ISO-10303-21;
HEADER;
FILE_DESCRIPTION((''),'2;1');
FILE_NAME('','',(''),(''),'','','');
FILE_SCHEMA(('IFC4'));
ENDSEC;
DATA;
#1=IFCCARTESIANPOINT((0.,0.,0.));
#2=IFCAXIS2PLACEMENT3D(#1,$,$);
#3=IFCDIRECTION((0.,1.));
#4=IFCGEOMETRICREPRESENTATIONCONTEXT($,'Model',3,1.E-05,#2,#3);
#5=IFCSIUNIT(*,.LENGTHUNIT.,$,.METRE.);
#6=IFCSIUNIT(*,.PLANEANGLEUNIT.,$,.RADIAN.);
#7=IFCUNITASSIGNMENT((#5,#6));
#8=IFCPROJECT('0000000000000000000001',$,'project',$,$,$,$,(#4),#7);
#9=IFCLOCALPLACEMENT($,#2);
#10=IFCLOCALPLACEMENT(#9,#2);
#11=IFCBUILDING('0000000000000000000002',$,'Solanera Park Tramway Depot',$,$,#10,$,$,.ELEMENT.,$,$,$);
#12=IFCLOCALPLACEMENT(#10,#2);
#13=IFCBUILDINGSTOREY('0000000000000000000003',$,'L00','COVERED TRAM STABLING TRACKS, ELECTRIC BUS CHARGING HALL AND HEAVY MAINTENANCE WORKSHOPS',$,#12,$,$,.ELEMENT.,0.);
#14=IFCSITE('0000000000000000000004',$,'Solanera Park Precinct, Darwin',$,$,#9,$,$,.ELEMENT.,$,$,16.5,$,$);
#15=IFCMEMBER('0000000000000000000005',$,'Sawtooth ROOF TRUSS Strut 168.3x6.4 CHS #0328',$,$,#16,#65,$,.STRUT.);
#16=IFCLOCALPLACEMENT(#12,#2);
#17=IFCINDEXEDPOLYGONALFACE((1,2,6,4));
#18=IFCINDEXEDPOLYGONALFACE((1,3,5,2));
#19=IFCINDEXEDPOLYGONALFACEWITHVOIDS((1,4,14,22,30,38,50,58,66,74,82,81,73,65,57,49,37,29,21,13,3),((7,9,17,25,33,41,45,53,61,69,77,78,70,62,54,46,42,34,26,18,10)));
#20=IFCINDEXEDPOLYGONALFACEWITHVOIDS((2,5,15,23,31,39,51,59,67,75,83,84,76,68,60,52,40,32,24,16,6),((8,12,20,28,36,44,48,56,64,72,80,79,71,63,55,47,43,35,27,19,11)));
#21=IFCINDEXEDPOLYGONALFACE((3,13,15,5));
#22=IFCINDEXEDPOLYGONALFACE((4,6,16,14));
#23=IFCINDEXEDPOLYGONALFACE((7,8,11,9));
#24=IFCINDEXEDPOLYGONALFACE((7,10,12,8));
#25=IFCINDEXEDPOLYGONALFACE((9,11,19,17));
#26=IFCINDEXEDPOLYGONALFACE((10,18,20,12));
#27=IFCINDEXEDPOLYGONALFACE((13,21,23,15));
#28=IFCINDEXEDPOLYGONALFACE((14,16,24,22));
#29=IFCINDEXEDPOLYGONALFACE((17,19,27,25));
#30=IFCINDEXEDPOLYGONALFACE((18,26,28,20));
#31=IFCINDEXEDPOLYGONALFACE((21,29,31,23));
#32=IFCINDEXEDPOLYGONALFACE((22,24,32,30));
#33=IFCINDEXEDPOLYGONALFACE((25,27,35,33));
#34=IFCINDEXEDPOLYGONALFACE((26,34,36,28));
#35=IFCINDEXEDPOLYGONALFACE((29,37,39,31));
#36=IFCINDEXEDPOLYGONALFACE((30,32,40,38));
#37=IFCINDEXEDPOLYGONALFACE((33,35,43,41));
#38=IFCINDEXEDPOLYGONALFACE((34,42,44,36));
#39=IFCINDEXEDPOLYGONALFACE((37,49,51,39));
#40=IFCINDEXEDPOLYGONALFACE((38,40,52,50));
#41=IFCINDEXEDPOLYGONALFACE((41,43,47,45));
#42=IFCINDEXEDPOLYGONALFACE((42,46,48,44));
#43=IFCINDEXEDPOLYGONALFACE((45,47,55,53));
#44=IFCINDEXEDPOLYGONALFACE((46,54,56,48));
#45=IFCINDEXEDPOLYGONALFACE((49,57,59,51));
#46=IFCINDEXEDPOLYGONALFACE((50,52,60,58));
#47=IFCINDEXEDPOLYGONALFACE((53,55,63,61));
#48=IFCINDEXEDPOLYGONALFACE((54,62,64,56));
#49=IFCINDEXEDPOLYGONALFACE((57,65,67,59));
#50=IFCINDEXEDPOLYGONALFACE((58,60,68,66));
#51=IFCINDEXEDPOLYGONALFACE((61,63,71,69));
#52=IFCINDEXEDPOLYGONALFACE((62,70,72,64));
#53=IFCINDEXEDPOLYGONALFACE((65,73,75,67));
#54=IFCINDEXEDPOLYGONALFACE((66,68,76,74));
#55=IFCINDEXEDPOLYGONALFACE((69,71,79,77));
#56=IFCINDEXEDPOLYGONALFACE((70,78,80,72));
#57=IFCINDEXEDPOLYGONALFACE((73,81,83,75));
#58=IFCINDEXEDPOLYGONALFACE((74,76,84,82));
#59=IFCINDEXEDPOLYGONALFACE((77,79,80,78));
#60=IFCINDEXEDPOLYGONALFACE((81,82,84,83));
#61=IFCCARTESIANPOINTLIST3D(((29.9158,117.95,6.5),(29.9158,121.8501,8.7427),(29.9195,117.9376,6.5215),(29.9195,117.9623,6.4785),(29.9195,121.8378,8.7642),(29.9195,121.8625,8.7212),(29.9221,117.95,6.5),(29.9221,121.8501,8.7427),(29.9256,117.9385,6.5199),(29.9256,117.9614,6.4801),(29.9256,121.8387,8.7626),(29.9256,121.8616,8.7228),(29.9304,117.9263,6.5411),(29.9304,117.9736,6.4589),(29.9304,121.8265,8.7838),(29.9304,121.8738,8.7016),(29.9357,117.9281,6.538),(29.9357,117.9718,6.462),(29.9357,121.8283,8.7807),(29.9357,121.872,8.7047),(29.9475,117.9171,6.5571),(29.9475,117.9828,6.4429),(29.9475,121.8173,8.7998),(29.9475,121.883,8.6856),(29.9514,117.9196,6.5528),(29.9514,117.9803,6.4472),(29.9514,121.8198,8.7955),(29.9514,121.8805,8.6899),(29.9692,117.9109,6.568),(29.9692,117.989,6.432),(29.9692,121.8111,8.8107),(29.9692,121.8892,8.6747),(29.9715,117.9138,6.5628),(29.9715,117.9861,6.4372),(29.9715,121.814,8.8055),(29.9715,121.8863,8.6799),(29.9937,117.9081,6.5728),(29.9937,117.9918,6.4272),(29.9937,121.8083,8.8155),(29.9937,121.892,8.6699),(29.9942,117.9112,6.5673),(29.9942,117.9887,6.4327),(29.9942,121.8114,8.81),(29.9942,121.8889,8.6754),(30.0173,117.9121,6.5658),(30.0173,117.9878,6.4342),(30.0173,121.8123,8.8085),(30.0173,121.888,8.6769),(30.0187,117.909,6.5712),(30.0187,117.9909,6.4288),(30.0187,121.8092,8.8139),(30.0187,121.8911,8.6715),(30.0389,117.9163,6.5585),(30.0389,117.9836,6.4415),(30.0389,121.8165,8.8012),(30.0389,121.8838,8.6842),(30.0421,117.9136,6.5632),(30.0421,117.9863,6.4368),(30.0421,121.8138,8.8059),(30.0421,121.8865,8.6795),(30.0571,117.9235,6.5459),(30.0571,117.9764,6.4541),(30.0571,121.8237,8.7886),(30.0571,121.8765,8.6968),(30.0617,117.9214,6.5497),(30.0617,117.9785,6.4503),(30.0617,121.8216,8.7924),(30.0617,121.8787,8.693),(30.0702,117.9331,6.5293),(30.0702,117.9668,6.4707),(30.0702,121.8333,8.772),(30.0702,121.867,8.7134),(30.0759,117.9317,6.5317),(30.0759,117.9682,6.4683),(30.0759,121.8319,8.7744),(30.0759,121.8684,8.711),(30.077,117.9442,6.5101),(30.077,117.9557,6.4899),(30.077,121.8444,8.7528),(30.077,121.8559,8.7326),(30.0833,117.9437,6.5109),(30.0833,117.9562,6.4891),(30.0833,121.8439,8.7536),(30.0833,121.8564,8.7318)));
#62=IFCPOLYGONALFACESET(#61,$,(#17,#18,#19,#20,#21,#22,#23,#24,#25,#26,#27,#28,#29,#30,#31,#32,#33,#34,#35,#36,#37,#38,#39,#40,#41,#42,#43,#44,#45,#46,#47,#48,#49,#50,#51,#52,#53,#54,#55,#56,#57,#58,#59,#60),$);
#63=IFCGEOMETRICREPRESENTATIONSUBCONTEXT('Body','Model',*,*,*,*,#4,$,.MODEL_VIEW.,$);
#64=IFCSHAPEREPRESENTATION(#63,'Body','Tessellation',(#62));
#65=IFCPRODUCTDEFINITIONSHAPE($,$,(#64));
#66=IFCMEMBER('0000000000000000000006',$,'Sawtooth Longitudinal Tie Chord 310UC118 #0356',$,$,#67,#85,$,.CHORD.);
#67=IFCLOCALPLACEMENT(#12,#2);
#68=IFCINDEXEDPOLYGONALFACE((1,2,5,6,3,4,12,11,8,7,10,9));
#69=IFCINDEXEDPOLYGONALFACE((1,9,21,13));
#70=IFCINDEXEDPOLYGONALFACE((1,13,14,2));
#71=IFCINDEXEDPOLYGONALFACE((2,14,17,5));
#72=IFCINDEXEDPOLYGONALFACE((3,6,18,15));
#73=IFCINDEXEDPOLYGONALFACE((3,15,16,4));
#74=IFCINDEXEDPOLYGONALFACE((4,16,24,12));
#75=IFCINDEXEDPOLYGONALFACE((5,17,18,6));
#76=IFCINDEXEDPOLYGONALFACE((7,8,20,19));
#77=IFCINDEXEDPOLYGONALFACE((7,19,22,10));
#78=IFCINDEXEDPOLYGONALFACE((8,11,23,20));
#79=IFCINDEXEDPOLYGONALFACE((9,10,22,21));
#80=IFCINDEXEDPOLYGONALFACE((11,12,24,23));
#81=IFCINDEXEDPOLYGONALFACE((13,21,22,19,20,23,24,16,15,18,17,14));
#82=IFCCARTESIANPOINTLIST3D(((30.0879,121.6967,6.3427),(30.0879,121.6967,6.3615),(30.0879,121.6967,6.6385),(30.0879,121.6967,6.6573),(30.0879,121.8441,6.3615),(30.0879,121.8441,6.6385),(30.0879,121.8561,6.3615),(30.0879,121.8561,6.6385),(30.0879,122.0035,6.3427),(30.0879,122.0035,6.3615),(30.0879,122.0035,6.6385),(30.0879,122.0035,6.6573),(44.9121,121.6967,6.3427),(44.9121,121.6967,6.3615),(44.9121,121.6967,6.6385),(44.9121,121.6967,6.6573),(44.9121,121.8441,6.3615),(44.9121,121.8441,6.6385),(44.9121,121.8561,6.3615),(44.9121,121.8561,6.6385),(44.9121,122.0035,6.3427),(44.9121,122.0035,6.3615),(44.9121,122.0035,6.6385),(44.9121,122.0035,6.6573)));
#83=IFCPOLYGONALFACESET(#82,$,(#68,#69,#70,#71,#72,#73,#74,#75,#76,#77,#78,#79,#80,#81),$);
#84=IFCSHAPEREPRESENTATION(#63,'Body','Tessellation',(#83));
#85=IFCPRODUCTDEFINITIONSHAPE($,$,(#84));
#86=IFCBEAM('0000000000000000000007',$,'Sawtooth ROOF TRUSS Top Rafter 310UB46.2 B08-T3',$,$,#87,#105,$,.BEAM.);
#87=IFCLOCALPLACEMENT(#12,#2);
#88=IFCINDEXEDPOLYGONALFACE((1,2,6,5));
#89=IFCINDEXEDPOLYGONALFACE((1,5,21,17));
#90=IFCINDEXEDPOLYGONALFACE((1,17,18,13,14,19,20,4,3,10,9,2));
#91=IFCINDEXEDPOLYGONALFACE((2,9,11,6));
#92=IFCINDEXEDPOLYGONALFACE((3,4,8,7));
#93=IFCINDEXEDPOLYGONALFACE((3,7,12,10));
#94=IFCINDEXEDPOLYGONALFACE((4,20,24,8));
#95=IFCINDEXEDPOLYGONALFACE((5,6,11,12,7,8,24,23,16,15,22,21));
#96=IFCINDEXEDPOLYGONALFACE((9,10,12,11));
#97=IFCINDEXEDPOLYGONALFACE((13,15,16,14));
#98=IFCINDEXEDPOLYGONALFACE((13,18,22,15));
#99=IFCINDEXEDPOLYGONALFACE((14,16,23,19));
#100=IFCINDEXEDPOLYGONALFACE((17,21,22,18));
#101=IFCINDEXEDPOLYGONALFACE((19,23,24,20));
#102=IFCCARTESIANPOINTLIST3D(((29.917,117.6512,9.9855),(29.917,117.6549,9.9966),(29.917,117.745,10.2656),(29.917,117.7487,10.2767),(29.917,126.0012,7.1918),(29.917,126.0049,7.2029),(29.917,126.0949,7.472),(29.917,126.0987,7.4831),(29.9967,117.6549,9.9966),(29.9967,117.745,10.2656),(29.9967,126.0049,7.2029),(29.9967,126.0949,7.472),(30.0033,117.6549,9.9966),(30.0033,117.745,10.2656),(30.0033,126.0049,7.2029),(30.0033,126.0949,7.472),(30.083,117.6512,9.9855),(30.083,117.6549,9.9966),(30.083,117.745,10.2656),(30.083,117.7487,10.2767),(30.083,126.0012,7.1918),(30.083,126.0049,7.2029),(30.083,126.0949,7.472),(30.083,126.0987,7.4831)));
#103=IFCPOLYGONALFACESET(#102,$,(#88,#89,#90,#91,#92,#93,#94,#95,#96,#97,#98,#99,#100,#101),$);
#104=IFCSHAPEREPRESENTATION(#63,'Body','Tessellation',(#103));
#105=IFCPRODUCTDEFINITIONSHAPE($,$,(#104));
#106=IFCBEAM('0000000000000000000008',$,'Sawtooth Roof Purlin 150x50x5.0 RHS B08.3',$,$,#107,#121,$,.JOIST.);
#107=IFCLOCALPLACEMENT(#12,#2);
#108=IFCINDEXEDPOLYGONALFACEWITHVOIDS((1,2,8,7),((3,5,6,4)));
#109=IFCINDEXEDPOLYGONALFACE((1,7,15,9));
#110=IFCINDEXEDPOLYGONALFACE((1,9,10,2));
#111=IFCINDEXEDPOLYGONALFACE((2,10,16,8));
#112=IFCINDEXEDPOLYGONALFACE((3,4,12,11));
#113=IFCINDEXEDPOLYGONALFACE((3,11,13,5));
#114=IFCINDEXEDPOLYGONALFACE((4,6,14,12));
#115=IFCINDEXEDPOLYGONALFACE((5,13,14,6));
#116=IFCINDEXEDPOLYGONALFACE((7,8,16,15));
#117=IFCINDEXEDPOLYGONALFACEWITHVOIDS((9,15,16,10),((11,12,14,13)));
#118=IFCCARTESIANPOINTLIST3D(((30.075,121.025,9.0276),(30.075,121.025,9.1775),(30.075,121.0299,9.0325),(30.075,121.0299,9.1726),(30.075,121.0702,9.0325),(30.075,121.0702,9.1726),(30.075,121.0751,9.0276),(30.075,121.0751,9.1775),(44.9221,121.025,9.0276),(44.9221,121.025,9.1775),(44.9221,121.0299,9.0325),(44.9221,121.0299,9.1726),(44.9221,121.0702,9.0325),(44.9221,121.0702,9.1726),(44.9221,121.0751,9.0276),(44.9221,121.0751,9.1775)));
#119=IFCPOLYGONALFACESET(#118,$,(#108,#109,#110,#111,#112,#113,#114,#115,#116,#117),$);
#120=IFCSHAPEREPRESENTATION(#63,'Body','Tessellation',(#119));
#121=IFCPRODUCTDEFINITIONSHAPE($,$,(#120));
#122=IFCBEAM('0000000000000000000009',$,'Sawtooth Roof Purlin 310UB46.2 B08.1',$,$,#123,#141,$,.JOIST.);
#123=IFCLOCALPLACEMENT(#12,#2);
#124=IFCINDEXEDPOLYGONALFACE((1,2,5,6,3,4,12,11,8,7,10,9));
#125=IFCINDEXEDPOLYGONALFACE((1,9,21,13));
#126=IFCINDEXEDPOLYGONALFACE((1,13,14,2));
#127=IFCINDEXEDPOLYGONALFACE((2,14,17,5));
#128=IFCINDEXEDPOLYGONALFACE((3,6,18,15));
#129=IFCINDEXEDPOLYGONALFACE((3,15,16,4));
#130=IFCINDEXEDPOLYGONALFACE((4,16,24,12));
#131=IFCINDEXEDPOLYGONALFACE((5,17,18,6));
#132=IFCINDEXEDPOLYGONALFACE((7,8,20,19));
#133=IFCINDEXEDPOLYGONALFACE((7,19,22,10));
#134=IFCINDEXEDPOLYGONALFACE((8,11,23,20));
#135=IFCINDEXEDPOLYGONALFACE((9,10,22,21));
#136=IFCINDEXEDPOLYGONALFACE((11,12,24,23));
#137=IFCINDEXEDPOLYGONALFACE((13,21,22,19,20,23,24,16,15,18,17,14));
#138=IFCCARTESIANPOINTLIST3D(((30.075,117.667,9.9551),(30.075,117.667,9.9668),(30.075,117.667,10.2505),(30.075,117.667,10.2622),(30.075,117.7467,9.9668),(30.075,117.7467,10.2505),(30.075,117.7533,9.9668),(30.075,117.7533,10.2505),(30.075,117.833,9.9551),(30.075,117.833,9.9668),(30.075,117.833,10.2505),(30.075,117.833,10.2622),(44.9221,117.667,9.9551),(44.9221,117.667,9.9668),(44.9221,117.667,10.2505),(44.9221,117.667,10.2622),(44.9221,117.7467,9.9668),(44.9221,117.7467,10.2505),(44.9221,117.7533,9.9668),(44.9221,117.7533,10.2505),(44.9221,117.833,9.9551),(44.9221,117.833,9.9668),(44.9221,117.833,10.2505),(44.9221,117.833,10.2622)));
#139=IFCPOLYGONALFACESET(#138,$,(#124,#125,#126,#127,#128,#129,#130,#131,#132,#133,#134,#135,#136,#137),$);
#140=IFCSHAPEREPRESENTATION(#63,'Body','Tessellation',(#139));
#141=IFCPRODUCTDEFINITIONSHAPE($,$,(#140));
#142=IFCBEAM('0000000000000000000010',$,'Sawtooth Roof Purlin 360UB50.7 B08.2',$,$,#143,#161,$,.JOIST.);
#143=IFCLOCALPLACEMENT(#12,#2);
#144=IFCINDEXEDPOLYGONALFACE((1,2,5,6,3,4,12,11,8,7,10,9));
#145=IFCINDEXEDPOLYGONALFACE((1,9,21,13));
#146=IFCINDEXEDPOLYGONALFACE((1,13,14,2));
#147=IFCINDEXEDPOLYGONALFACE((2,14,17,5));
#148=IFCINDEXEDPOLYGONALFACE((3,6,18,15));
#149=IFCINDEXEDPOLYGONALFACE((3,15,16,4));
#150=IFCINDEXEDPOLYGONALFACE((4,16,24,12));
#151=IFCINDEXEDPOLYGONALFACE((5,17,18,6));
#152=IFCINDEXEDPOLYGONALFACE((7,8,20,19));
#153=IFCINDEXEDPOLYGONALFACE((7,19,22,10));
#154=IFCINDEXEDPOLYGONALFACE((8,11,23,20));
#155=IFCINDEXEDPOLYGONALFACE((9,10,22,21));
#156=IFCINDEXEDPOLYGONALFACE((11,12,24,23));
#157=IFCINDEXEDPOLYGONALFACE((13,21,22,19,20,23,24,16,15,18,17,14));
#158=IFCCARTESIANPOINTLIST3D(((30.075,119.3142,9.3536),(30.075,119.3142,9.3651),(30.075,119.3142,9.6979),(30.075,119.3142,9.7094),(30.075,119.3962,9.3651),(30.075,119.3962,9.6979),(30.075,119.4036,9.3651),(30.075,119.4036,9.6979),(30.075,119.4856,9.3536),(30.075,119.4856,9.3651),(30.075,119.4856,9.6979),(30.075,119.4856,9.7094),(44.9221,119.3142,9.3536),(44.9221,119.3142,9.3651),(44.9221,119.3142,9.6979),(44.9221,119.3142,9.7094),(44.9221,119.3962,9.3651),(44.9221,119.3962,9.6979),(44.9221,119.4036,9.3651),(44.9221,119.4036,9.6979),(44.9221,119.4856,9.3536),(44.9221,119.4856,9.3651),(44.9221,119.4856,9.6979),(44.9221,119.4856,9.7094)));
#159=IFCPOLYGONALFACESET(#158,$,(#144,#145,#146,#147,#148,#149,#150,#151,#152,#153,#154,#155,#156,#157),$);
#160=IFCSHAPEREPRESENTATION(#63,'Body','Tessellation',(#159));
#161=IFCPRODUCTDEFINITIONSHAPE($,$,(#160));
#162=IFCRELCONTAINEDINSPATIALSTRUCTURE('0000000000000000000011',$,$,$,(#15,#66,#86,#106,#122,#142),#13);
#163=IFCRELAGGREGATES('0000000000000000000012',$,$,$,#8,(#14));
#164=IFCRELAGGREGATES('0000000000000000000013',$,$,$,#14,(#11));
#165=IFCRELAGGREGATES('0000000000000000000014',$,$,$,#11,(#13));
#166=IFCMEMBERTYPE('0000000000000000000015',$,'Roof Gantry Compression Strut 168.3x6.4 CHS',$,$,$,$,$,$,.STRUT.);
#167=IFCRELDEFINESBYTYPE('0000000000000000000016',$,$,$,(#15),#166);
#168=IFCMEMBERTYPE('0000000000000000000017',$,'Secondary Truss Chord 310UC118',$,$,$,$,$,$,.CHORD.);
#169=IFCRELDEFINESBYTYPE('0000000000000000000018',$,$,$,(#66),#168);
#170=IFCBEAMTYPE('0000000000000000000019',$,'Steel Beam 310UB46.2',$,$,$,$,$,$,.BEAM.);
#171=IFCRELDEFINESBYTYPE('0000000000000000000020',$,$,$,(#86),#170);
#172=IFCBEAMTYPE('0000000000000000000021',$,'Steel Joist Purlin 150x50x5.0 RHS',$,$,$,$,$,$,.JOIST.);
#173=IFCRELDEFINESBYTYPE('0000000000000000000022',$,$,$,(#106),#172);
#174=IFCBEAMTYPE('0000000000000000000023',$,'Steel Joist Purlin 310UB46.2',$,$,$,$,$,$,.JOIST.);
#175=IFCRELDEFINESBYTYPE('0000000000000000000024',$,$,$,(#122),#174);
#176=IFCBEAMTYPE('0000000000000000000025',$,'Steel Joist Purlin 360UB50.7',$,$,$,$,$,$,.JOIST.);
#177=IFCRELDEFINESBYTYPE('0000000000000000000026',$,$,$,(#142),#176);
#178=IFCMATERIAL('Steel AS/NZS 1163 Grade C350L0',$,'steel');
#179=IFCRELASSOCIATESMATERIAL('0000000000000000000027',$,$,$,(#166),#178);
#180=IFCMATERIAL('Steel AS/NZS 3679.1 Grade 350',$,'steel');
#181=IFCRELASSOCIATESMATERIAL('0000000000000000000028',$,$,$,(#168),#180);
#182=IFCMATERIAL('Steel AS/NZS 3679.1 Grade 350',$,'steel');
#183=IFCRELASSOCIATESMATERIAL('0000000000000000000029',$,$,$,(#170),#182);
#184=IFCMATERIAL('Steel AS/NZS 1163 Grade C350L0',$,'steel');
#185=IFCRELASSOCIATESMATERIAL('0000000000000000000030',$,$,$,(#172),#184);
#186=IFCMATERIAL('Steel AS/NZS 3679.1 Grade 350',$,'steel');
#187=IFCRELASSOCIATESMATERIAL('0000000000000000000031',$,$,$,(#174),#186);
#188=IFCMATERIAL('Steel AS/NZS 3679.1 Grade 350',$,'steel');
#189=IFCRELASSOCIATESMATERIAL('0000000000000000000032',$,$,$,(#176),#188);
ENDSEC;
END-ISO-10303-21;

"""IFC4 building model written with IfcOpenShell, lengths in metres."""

from ifc_helpers import new_model, si_unit, direction, frame, origin, origin_2d, place, context, subcontext, project, spatial, hollow_rectangle, hollow_circle, i_section, extrude, material, material_profile, profile_set, type_object, element, save


model = new_model("IFC4")

# Units and contexts
model_context = context("Model", 3, precision=1e-05, world=origin(), true_north=direction((0.0, 1.0)))
body_context = subcontext(model_context, "Body", "Model", "MODEL_VIEW")
ifc_project = project(units=[si_unit("LENGTHUNIT", "METRE"), si_unit("PLANEANGLEUNIT", "RADIAN")], contexts=[model_context])

# Site, building, storey
site_placement = place(None, origin())
site = spatial("IfcSite", under=ifc_project, at=site_placement, Name="Solanera Park Precinct, Darwin", CompositionType="ELEMENT", RefElevation=16.5)
building_placement = place(site_placement, origin())
building = spatial("IfcBuilding", under=site, at=building_placement, Name="Solanera Park Tramway Depot", CompositionType="ELEMENT")
storey_placement = place(building_placement, origin())
storey = spatial("IfcBuildingStorey", under=building, at=storey_placement, Name="L00", Description="COVERED TRAM STABLING TRACKS, ELECTRIC BUS CHARGING HALL AND HEAVY MAINTENANCE WORKSHOPS", CompositionType="ELEMENT", Elevation=0.0)

# Members
ifc_material_1 = material(Name="Steel AS/NZS 1163 Grade C350L0", Category="steel")
ifc_material_profile_1 = material_profile(ifc_material_1, hollow_circle(Radius=0.0842, WallThickness=0.0063, at=origin_2d()), Name="168.3x6.4 CHS")
ifc_profile_set_1 = profile_set([ifc_material_profile_1], Name="Steel AS/NZS 1163 Grade C350L0")
member_type_1 = type_object("IfcMemberType", Name="Roof Gantry Compression Strut 168.3x6.4 CHS", PredefinedType="STRUT", material=ifc_profile_set_1)
member_1_placement = place(storey_placement, frame((30.0, 117.95, 6.5), z_axis=(0.0, 0.866898, 0.498486), x_axis=(-1.0, 0.0, 0.0)))
element("IfcMember", 1, at=member_1_placement, inside=storey, type_object=member_type_1, Name="Sawtooth ROOF TRUSS Strut 168.3x6.4 CHS #0328", PredefinedType="STRUT", context=body_context, shape_type="SweptSolid", body=[
    extrude(hollow_circle(Radius=0.0842, WallThickness=0.0063, at=origin_2d()), origin(), (0.0, 0.0, 1.0), 4.499),
])
ifc_material_2 = material(Name="Steel AS/NZS 3679.1 Grade 350", Category="steel")
ifc_material_profile_2 = material_profile(ifc_material_2, i_section(OverallWidth=0.3069, OverallDepth=0.3147, WebThickness=0.012, FlangeThickness=0.0188, at=origin_2d()), Name="310UC118")
ifc_profile_set_2 = profile_set([ifc_material_profile_2], Name="Steel AS/NZS 3679.1 Grade 350")
member_type_2 = type_object("IfcMemberType", Name="Secondary Truss Chord 310UC118", PredefinedType="CHORD", material=ifc_profile_set_2)
member_2_placement = place(storey_placement, frame((30.0879, 121.8501, 6.5), z_axis=(1.0, 0.0, 0.0), x_axis=(0.0, 1.0, 0.0)))
element("IfcMember", 2, at=member_2_placement, inside=storey, type_object=member_type_2, Name="Sawtooth Longitudinal Tie Chord 310UC118 #0356", PredefinedType="CHORD", context=body_context, shape_type="SweptSolid", body=[
    extrude(i_section(OverallWidth=0.3069, OverallDepth=0.3147, WebThickness=0.012, FlangeThickness=0.0188, at=origin_2d()), origin(), (0.0, 0.0, 1.0), 14.8242),
])

# Beams
ifc_material_3 = material(Name="Steel AS/NZS 3679.1 Grade 350", Category="steel")
ifc_material_profile_3 = material_profile(ifc_material_3, i_section(OverallWidth=0.166, OverallDepth=0.3071, WebThickness=0.0066, FlangeThickness=0.0117, at=origin_2d()), Name="310UB46.2")
ifc_profile_set_3 = profile_set([ifc_material_profile_3], Name="Steel AS/NZS 3679.1 Grade 350")
beam_type_1 = type_object("IfcBeamType", Name="Steel Beam 310UB46.2", PredefinedType="BEAM", material=ifc_profile_set_3)
beam_1_placement = place(storey_placement, frame((30.0, 117.7, 10.1311), z_axis=(0.0, 0.948331, -0.317284), x_axis=(-1.0, 0.0, 0.0)))
element("IfcBeam", 3, at=beam_1_placement, inside=storey, type_object=beam_type_1, Name="Sawtooth ROOF TRUSS Top Rafter 310UB46.2 B08-T3", PredefinedType="BEAM", context=body_context, shape_type="SweptSolid", body=[
    extrude(i_section(OverallWidth=0.166, OverallDepth=0.3071, WebThickness=0.0066, FlangeThickness=0.0117, at=origin_2d()), origin(), (0.0, 0.0, 1.0), 8.8049),
])
ifc_material_4 = material(Name="Steel AS/NZS 1163 Grade C350L0", Category="steel")
ifc_material_profile_4 = material_profile(ifc_material_4, hollow_rectangle(XDim=0.05, YDim=0.1499, WallThickness=0.0049, at=origin_2d()), Name="150x50x5.0 RHS")
ifc_profile_set_4 = profile_set([ifc_material_profile_4], Name="Steel AS/NZS 1163 Grade C350L0")
beam_type_2 = type_object("IfcBeamType", Name="Steel Joist Purlin 150x50x5.0 RHS", PredefinedType="JOIST", material=ifc_profile_set_4)
beam_2_placement = place(storey_placement, frame((30.075, 121.05, 9.1025), z_axis=(1.0, 0.0, 0.0), x_axis=(0.0, 1.0, 0.0)))
element("IfcBeam", 4, at=beam_2_placement, inside=storey, type_object=beam_type_2, Name="Sawtooth Roof Purlin 150x50x5.0 RHS B08.3", PredefinedType="JOIST", context=body_context, shape_type="SweptSolid", body=[
    extrude(hollow_rectangle(XDim=0.05, YDim=0.1499, WallThickness=0.0049, at=origin_2d()), origin(), (0.0, 0.0, 1.0), 14.8472),
])
ifc_material_5 = material(Name="Steel AS/NZS 3679.1 Grade 350", Category="steel")
ifc_material_profile_5 = material_profile(ifc_material_5, i_section(OverallWidth=0.166, OverallDepth=0.3071, WebThickness=0.0066, FlangeThickness=0.0117, at=origin_2d()), Name="310UB46.2")
ifc_profile_set_5 = profile_set([ifc_material_profile_5], Name="Steel AS/NZS 3679.1 Grade 350")
beam_type_3 = type_object("IfcBeamType", Name="Steel Joist Purlin 310UB46.2", PredefinedType="JOIST", material=ifc_profile_set_5)
beam_3_placement = place(storey_placement, frame((30.075, 117.75, 10.1086), z_axis=(1.0, 0.0, 0.0), x_axis=(0.0, 1.0, 0.0)))
element("IfcBeam", 5, at=beam_3_placement, inside=storey, type_object=beam_type_3, Name="Sawtooth Roof Purlin 310UB46.2 B08.1", PredefinedType="JOIST", context=body_context, shape_type="SweptSolid", body=[
    extrude(i_section(OverallWidth=0.166, OverallDepth=0.3071, WebThickness=0.0066, FlangeThickness=0.0117, at=origin_2d()), origin(), (0.0, 0.0, 1.0), 14.8472),
])
ifc_material_6 = material(Name="Steel AS/NZS 3679.1 Grade 350", Category="steel")
ifc_material_profile_6 = material_profile(ifc_material_6, i_section(OverallWidth=0.1714, OverallDepth=0.3557, WebThickness=0.0073, FlangeThickness=0.0115, at=origin_2d()), Name="360UB50.7")
ifc_profile_set_6 = profile_set([ifc_material_profile_6], Name="Steel AS/NZS 3679.1 Grade 350")
beam_type_4 = type_object("IfcBeamType", Name="Steel Joist Purlin 360UB50.7", PredefinedType="JOIST", material=ifc_profile_set_6)
beam_4_placement = place(storey_placement, frame((30.075, 119.3999, 9.5315), z_axis=(1.0, 0.0, 0.0), x_axis=(0.0, 1.0, 0.0)))
element("IfcBeam", 6, at=beam_4_placement, inside=storey, type_object=beam_type_4, Name="Sawtooth Roof Purlin 360UB50.7 B08.2", PredefinedType="JOIST", context=body_context, shape_type="SweptSolid", body=[
    extrude(i_section(OverallWidth=0.1714, OverallDepth=0.3557, WebThickness=0.0073, FlangeThickness=0.0115, at=origin_2d()), origin(), (0.0, 0.0, 1.0), 14.8472),
])

save(model, "model.ifc")
